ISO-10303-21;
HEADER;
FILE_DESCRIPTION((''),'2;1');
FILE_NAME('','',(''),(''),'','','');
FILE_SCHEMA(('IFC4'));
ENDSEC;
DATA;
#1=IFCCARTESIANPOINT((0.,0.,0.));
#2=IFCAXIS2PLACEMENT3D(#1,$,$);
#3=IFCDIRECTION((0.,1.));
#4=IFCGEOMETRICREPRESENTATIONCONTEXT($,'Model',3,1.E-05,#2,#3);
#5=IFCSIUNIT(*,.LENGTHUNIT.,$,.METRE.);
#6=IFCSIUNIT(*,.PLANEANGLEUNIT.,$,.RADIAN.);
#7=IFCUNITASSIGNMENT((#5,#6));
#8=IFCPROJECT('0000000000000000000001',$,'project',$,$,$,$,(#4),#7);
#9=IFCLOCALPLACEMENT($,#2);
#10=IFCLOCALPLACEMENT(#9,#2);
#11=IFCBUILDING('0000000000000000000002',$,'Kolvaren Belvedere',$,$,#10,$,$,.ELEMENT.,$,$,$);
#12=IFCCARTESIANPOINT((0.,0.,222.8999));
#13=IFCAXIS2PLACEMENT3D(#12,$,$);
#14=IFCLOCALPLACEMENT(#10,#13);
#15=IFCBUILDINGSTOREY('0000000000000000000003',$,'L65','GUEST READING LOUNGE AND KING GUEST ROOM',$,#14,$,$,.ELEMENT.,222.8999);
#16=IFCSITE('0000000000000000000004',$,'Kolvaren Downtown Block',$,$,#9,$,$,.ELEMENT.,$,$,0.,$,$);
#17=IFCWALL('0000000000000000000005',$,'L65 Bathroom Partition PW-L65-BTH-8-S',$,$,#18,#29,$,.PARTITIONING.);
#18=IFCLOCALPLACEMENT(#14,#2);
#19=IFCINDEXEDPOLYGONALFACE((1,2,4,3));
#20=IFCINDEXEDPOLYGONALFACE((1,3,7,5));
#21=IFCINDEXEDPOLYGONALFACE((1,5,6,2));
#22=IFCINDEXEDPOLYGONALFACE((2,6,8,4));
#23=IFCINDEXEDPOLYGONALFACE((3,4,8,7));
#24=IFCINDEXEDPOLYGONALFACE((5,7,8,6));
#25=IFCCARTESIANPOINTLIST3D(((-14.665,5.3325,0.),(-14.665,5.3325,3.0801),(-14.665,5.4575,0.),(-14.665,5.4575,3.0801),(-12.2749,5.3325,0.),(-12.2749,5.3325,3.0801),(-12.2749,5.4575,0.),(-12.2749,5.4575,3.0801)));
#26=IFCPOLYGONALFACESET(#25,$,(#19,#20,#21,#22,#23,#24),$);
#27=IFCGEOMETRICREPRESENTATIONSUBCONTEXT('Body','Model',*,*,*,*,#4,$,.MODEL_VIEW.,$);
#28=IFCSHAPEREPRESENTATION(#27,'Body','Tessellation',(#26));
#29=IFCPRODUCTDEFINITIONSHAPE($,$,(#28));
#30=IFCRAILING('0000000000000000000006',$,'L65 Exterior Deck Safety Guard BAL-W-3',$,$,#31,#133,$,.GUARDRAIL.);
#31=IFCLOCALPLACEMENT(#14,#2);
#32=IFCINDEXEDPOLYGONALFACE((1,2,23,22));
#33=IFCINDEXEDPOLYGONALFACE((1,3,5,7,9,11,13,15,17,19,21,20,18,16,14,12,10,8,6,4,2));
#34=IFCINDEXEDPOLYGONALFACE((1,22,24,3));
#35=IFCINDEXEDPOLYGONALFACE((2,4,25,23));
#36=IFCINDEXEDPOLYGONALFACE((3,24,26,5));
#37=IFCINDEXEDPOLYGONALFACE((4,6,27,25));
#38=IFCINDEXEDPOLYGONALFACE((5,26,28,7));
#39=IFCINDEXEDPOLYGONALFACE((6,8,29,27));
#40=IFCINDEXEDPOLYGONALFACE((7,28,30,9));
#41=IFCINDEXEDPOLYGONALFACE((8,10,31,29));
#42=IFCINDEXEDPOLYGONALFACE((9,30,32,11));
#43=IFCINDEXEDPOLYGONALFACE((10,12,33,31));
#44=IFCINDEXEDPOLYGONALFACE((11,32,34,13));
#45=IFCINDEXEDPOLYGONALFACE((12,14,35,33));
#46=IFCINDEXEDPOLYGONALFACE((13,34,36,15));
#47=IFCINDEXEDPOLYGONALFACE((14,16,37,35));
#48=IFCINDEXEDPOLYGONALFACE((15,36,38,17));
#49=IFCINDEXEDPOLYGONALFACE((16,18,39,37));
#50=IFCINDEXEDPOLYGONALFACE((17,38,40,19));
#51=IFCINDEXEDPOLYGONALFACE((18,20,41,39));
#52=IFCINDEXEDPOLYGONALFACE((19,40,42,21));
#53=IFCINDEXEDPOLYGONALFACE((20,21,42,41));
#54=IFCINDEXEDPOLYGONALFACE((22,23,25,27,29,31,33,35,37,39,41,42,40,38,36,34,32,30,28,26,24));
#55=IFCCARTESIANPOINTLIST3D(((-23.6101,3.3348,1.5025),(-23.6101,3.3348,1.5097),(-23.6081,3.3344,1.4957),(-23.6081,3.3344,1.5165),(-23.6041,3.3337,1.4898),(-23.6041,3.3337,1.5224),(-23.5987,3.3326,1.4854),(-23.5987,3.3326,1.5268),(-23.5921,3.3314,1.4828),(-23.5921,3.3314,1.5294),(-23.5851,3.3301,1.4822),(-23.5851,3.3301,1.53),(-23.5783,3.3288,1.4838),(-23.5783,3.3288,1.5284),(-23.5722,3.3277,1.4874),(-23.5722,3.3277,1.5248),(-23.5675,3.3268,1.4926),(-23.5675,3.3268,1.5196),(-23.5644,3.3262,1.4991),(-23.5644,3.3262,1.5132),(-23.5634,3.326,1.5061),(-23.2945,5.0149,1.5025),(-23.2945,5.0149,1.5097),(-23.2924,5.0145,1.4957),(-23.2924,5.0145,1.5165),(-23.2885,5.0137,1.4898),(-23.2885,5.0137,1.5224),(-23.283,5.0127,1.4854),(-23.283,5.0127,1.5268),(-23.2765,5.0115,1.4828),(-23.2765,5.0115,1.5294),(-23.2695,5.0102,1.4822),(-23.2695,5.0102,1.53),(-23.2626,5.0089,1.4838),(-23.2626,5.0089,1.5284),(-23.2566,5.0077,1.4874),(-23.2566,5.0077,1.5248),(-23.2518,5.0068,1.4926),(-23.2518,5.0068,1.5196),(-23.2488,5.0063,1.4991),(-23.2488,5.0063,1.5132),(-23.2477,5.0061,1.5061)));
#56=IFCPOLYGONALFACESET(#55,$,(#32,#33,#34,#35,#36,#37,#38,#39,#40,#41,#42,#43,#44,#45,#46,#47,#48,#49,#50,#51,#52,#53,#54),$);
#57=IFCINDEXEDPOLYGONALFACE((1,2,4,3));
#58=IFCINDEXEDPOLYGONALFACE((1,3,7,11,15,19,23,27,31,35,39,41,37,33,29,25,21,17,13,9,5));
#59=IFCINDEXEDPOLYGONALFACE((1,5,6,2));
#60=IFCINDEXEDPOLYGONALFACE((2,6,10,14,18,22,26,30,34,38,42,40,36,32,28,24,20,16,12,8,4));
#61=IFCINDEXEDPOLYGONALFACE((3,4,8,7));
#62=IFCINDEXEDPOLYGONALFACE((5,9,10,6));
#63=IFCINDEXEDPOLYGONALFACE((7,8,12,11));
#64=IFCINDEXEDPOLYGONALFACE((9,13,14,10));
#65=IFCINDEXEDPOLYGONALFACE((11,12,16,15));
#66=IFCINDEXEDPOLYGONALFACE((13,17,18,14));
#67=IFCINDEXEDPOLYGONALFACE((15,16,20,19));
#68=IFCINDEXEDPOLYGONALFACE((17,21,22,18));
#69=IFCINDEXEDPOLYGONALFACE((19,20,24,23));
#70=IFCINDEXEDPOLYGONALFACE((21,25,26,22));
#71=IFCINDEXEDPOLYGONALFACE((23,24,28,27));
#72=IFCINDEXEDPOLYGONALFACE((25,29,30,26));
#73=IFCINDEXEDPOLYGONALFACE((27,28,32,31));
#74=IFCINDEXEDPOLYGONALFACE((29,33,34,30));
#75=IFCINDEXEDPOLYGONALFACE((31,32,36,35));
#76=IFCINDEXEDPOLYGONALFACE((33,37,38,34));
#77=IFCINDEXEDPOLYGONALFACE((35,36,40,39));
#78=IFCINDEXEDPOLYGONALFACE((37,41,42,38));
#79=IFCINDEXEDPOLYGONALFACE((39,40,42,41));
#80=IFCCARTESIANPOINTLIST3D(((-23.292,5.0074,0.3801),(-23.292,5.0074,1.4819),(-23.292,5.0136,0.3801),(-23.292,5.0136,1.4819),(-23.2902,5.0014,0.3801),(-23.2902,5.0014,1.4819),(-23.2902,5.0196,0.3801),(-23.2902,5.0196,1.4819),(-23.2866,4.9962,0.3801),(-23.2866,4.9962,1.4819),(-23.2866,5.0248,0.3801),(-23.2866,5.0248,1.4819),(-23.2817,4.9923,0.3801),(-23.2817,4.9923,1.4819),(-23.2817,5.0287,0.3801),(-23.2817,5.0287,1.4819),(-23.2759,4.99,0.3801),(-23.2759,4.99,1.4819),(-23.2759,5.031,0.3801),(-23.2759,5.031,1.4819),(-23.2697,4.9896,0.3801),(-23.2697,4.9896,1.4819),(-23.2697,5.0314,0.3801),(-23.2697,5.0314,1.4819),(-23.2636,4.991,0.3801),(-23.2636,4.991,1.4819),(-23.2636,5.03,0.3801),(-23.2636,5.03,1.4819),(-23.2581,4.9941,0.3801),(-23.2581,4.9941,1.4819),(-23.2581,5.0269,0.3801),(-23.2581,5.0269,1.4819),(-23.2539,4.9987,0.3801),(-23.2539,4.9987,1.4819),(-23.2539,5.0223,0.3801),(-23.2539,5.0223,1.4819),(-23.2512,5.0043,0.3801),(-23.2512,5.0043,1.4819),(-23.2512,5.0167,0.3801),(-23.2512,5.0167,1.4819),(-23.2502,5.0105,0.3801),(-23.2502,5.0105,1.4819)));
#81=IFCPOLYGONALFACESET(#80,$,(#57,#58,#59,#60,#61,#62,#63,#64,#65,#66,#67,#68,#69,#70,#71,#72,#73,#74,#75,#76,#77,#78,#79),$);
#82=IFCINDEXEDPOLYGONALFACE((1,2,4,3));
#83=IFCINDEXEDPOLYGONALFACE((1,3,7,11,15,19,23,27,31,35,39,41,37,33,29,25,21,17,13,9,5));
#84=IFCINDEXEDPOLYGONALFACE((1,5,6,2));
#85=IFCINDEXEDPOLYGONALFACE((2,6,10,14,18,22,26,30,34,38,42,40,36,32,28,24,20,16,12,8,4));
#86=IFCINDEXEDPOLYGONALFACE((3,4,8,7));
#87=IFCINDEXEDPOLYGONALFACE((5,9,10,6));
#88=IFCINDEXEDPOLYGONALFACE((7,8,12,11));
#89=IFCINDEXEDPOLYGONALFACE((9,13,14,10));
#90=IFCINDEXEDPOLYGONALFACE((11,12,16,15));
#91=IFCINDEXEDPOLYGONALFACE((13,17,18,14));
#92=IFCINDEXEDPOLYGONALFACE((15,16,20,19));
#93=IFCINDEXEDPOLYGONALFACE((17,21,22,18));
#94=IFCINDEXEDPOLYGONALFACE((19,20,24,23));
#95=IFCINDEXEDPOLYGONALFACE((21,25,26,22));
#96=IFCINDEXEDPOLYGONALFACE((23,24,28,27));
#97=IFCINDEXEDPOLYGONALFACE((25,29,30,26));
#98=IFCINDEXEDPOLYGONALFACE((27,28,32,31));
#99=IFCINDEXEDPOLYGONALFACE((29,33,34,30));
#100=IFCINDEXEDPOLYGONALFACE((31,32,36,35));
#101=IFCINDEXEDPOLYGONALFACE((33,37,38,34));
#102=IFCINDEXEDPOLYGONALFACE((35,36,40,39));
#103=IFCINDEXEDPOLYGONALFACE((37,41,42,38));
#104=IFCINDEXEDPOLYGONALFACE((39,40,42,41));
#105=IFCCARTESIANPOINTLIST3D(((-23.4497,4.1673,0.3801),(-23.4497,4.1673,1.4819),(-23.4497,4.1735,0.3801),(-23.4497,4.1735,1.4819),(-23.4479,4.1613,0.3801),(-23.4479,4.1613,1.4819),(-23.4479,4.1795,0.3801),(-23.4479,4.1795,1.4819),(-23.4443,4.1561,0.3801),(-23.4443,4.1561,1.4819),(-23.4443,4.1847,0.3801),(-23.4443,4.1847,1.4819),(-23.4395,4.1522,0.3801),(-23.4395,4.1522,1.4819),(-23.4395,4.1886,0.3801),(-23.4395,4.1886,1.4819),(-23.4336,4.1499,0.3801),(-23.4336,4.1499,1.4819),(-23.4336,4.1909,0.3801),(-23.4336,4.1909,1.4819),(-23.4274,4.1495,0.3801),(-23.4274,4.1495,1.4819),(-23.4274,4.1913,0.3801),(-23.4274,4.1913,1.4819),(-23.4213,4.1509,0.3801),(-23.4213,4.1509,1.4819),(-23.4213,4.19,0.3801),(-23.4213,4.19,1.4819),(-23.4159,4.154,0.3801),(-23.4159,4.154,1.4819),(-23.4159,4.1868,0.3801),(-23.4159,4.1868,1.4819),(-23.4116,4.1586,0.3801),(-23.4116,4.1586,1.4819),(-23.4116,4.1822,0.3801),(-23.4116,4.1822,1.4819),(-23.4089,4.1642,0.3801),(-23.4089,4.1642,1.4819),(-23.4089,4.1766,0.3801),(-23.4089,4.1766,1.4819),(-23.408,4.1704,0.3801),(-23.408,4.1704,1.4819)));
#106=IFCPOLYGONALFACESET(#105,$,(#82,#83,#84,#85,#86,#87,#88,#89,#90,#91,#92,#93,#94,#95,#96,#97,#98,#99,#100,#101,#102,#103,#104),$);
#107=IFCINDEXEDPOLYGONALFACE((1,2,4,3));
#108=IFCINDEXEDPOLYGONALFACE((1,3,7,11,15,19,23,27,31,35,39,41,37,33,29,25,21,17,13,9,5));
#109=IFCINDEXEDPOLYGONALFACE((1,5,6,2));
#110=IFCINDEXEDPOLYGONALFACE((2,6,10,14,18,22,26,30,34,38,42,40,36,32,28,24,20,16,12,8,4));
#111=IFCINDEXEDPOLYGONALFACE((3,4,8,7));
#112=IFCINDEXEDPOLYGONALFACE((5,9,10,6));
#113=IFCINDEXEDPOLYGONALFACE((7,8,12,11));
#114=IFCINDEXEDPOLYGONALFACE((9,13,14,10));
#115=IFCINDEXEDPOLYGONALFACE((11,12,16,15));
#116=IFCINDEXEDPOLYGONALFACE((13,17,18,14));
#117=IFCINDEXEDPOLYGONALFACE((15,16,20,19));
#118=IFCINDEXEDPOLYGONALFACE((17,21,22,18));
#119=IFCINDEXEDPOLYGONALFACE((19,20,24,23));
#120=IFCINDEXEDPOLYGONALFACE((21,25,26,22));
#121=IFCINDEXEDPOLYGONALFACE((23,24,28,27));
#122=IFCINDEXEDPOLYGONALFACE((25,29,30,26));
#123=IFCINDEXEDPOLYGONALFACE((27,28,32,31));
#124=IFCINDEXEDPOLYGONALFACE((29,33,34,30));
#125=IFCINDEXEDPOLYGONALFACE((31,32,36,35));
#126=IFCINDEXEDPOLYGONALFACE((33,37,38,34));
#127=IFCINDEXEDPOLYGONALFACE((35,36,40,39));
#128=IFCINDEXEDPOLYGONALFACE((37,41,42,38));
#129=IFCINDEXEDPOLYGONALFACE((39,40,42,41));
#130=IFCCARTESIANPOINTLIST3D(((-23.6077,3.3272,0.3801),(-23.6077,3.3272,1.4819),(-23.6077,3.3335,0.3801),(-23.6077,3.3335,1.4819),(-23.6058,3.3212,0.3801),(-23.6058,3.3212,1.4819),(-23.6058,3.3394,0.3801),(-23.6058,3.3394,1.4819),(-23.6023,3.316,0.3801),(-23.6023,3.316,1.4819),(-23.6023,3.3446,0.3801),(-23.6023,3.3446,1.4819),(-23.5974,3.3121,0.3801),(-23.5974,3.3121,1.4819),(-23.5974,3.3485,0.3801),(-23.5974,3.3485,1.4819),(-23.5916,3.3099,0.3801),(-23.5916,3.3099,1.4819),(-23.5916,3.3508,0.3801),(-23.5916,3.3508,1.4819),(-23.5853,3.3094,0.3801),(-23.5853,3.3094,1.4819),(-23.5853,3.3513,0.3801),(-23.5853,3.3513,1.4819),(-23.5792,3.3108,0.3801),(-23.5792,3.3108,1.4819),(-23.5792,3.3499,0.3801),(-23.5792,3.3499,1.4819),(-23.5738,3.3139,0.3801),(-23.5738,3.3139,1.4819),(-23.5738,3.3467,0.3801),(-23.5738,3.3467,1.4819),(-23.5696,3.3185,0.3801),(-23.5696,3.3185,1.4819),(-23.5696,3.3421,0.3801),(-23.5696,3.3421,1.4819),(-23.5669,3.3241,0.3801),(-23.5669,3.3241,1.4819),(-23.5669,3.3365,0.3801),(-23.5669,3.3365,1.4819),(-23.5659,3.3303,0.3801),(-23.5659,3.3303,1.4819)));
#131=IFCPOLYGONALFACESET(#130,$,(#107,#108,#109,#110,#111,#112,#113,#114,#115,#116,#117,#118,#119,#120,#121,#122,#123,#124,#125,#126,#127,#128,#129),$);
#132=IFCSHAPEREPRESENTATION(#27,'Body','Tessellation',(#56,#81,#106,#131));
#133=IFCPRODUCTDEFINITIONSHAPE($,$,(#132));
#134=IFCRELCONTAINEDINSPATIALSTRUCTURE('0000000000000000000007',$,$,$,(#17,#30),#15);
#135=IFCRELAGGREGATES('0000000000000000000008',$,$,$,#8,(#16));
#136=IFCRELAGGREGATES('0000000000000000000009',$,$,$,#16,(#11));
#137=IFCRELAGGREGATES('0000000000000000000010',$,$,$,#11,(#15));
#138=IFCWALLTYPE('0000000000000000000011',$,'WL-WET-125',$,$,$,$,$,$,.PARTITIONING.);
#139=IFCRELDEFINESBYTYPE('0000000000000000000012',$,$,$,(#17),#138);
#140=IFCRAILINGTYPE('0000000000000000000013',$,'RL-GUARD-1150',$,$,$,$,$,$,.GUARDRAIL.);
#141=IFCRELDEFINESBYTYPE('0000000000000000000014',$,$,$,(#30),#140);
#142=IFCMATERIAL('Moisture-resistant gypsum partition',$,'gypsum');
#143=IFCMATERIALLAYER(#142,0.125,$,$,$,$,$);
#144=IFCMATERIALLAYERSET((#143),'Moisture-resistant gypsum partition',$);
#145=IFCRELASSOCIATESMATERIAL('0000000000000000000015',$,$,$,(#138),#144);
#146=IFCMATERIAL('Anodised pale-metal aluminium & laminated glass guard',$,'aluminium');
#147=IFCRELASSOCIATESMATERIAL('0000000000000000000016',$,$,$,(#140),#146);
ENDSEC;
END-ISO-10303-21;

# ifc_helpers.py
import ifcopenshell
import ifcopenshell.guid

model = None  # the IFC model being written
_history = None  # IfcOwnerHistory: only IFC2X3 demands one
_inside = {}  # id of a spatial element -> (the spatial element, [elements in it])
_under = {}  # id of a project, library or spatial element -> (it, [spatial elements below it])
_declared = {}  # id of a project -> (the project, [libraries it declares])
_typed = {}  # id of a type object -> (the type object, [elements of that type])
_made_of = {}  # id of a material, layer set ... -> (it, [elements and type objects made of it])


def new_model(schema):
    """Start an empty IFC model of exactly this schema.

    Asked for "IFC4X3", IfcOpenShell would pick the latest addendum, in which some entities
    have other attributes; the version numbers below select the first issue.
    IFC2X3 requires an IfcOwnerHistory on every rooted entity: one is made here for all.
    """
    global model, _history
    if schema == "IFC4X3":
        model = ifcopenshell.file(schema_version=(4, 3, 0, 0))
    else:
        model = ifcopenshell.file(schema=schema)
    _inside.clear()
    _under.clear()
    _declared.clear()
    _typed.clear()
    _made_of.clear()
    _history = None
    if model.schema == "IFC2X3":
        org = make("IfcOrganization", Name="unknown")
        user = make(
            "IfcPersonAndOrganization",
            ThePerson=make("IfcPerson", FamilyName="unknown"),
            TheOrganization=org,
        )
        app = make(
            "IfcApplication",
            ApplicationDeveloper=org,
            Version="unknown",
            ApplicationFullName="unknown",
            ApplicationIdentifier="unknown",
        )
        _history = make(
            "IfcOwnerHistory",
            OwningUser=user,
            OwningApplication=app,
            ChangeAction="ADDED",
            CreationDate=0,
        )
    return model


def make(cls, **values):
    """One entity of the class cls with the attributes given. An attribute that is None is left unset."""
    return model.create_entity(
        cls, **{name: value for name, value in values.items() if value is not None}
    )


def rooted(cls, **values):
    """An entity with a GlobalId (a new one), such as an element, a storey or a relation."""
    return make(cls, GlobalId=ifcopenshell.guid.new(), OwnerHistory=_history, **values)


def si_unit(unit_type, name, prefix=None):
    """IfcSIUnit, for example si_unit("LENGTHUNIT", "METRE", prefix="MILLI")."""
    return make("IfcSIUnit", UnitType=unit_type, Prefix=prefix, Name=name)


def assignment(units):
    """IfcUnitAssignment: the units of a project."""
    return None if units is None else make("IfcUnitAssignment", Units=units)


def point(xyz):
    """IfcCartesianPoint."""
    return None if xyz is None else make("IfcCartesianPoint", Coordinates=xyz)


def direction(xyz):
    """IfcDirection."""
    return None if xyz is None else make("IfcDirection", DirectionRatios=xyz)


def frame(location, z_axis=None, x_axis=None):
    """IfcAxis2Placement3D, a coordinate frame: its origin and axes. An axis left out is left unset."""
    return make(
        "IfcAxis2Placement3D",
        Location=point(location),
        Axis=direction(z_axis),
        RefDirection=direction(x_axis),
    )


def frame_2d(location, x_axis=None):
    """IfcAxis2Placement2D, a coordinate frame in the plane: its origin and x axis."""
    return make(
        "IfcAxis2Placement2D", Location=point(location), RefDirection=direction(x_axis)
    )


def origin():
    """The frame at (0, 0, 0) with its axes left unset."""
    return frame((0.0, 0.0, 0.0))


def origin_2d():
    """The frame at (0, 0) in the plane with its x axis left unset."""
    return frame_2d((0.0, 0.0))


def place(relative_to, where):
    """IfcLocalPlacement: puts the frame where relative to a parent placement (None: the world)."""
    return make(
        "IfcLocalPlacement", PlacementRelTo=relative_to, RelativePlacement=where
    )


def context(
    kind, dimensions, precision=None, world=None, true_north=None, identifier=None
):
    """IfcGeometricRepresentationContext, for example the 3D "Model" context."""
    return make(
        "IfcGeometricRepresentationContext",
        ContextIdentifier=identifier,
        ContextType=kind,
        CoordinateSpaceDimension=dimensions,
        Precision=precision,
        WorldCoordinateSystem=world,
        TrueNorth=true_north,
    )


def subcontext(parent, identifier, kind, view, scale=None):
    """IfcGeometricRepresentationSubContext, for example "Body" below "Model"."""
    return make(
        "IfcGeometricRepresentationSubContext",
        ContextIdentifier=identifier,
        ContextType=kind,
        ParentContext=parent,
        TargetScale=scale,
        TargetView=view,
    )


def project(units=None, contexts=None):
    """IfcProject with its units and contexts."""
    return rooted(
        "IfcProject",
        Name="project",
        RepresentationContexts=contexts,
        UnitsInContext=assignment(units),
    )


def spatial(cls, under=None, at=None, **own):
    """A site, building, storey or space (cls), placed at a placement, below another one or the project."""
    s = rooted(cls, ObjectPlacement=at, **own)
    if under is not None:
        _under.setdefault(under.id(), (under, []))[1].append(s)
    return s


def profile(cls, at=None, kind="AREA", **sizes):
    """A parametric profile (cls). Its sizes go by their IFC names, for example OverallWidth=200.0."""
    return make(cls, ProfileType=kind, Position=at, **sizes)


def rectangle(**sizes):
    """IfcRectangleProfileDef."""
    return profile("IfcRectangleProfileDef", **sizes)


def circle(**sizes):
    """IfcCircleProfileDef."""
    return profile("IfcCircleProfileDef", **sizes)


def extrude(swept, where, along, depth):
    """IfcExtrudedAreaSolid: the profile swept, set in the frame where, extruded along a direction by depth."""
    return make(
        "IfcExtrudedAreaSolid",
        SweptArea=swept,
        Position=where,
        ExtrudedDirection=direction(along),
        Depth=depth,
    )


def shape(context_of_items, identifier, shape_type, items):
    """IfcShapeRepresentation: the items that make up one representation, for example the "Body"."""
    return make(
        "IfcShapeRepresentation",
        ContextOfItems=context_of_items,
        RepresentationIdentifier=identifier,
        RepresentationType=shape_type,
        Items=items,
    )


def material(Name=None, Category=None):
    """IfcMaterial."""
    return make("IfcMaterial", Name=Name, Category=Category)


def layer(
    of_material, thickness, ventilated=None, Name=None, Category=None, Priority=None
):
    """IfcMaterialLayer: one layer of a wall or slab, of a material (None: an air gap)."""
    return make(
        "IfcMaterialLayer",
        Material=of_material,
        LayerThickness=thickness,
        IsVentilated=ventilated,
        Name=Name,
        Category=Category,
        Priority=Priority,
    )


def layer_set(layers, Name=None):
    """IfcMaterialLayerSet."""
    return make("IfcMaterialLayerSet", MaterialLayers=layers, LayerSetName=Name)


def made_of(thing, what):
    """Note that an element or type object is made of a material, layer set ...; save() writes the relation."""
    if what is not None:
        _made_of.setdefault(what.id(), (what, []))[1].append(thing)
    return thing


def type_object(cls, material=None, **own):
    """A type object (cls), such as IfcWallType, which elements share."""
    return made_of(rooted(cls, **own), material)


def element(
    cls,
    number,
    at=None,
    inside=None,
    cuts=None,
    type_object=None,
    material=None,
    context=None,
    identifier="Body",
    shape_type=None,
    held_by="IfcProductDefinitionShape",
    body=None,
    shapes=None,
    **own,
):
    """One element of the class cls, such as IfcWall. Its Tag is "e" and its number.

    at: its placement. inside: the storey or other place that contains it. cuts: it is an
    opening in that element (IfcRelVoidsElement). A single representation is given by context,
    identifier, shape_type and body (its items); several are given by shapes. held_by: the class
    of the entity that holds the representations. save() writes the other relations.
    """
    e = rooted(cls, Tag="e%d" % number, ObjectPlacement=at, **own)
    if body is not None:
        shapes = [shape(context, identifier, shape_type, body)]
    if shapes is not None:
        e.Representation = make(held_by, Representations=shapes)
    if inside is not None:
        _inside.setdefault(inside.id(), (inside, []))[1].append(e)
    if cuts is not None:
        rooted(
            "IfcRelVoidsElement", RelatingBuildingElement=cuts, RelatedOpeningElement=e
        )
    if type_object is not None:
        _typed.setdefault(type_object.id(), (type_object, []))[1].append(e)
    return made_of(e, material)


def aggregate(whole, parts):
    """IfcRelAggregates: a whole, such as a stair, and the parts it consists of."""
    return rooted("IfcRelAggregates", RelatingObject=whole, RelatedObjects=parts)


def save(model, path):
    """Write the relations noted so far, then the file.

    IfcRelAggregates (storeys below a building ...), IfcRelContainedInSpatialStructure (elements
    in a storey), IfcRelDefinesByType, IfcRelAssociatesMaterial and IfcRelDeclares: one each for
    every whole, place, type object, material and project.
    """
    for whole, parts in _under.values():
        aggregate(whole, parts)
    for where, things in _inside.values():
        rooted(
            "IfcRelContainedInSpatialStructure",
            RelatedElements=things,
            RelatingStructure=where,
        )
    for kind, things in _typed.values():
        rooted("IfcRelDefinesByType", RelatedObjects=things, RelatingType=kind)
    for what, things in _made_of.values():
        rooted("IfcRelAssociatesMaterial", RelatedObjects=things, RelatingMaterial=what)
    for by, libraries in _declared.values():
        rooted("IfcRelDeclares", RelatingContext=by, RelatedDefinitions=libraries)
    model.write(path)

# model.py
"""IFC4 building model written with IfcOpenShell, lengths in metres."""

from ifc_helpers import new_model, si_unit, direction, frame, frame_2d, origin, origin_2d, place, context, subcontext, project, spatial, rectangle, circle, extrude, material, layer, layer_set, type_object, element, save


model = new_model("IFC4")

# Units and contexts
model_context = context("Model", 3, precision=1e-05, world=origin(), true_north=direction((0.0, 1.0)))
body_context = subcontext(model_context, "Body", "Model", "MODEL_VIEW")
ifc_project = project(units=[si_unit("LENGTHUNIT", "METRE"), si_unit("PLANEANGLEUNIT", "RADIAN")], contexts=[model_context])

# Site, building, storey
site_placement = place(None, origin())
site = spatial("IfcSite", under=ifc_project, at=site_placement, Name="Kolvaren Downtown Block", CompositionType="ELEMENT", RefElevation=0.0)
building_placement = place(site_placement, origin())
building = spatial("IfcBuilding", under=site, at=building_placement, Name="Kolvaren Belvedere", CompositionType="ELEMENT")
storey_placement = place(building_placement, frame((0.0, 0.0, 222.8999)))
storey = spatial("IfcBuildingStorey", under=building, at=storey_placement, Name="L65", Description="GUEST READING LOUNGE AND KING GUEST ROOM", CompositionType="ELEMENT", Elevation=222.8999)

# Wall
ifc_material_1 = material(Name="Moisture-resistant gypsum partition", Category="gypsum")
ifc_layer_1 = layer(ifc_material_1, 0.125)
ifc_layer_set_1 = layer_set([ifc_layer_1], Name="Moisture-resistant gypsum partition")
wall_type_1 = type_object("IfcWallType", Name="WL-WET-125", PredefinedType="PARTITIONING", material=ifc_layer_set_1)
wall_1_placement = place(storey_placement, frame((-14.665, 5.395, 0.0), z_axis=(0.0, 0.0, 1.0), x_axis=(1.0, 0.0, 0.0)))
element("IfcWall", 1, at=wall_1_placement, inside=storey, type_object=wall_type_1, Name="L65 Bathroom Partition PW-L65-BTH-8-S", PredefinedType="PARTITIONING", context=body_context, shape_type="SweptSolid", body=[
    extrude(rectangle(XDim=2.3901, YDim=0.125, at=frame_2d((1.1951, 0.0))), origin(), (0.0, 0.0, 1.0), 3.0801),
])

# Railing
ifc_material_2 = material(Name="Anodised pale-metal aluminium & laminated glass guard", Category="aluminium")
railing_type = type_object("IfcRailingType", Name="RL-GUARD-1150", PredefinedType="GUARDRAIL", material=ifc_material_2)
railing_1_placement = place(storey_placement, frame((-23.2712, 5.0105, 0.3801)))
element("IfcRailing", 2, at=railing_1_placement, inside=storey, type_object=railing_type, Name="L65 Exterior Deck Safety Guard BAL-W-3", PredefinedType="GUARDRAIL", context=body_context, shape_type="SweptSolid", body=[
    extrude(circle(Radius=0.0239, at=origin_2d()), frame((0.0, 0.0, 1.126), z_axis=(-0.184651, -0.982804, 0.0), x_axis=(0.982804, -0.184651, 0.0)), (0.0, 0.0, 1.0), 1.7095),
    extrude(circle(Radius=0.021, at=origin_2d()), origin(), (0.0, 0.0, 1.0), 1.1018),
    extrude(circle(Radius=0.021, at=origin_2d()), frame((-0.1577, -0.8401, 0.0)), (0.0, 0.0, 1.0), 1.1018),
    extrude(circle(Radius=0.021, at=origin_2d()), frame((-0.3157, -1.6802, 0.0)), (0.0, 0.0, 1.0), 1.1018),
])

save(model, "model.ifc")
